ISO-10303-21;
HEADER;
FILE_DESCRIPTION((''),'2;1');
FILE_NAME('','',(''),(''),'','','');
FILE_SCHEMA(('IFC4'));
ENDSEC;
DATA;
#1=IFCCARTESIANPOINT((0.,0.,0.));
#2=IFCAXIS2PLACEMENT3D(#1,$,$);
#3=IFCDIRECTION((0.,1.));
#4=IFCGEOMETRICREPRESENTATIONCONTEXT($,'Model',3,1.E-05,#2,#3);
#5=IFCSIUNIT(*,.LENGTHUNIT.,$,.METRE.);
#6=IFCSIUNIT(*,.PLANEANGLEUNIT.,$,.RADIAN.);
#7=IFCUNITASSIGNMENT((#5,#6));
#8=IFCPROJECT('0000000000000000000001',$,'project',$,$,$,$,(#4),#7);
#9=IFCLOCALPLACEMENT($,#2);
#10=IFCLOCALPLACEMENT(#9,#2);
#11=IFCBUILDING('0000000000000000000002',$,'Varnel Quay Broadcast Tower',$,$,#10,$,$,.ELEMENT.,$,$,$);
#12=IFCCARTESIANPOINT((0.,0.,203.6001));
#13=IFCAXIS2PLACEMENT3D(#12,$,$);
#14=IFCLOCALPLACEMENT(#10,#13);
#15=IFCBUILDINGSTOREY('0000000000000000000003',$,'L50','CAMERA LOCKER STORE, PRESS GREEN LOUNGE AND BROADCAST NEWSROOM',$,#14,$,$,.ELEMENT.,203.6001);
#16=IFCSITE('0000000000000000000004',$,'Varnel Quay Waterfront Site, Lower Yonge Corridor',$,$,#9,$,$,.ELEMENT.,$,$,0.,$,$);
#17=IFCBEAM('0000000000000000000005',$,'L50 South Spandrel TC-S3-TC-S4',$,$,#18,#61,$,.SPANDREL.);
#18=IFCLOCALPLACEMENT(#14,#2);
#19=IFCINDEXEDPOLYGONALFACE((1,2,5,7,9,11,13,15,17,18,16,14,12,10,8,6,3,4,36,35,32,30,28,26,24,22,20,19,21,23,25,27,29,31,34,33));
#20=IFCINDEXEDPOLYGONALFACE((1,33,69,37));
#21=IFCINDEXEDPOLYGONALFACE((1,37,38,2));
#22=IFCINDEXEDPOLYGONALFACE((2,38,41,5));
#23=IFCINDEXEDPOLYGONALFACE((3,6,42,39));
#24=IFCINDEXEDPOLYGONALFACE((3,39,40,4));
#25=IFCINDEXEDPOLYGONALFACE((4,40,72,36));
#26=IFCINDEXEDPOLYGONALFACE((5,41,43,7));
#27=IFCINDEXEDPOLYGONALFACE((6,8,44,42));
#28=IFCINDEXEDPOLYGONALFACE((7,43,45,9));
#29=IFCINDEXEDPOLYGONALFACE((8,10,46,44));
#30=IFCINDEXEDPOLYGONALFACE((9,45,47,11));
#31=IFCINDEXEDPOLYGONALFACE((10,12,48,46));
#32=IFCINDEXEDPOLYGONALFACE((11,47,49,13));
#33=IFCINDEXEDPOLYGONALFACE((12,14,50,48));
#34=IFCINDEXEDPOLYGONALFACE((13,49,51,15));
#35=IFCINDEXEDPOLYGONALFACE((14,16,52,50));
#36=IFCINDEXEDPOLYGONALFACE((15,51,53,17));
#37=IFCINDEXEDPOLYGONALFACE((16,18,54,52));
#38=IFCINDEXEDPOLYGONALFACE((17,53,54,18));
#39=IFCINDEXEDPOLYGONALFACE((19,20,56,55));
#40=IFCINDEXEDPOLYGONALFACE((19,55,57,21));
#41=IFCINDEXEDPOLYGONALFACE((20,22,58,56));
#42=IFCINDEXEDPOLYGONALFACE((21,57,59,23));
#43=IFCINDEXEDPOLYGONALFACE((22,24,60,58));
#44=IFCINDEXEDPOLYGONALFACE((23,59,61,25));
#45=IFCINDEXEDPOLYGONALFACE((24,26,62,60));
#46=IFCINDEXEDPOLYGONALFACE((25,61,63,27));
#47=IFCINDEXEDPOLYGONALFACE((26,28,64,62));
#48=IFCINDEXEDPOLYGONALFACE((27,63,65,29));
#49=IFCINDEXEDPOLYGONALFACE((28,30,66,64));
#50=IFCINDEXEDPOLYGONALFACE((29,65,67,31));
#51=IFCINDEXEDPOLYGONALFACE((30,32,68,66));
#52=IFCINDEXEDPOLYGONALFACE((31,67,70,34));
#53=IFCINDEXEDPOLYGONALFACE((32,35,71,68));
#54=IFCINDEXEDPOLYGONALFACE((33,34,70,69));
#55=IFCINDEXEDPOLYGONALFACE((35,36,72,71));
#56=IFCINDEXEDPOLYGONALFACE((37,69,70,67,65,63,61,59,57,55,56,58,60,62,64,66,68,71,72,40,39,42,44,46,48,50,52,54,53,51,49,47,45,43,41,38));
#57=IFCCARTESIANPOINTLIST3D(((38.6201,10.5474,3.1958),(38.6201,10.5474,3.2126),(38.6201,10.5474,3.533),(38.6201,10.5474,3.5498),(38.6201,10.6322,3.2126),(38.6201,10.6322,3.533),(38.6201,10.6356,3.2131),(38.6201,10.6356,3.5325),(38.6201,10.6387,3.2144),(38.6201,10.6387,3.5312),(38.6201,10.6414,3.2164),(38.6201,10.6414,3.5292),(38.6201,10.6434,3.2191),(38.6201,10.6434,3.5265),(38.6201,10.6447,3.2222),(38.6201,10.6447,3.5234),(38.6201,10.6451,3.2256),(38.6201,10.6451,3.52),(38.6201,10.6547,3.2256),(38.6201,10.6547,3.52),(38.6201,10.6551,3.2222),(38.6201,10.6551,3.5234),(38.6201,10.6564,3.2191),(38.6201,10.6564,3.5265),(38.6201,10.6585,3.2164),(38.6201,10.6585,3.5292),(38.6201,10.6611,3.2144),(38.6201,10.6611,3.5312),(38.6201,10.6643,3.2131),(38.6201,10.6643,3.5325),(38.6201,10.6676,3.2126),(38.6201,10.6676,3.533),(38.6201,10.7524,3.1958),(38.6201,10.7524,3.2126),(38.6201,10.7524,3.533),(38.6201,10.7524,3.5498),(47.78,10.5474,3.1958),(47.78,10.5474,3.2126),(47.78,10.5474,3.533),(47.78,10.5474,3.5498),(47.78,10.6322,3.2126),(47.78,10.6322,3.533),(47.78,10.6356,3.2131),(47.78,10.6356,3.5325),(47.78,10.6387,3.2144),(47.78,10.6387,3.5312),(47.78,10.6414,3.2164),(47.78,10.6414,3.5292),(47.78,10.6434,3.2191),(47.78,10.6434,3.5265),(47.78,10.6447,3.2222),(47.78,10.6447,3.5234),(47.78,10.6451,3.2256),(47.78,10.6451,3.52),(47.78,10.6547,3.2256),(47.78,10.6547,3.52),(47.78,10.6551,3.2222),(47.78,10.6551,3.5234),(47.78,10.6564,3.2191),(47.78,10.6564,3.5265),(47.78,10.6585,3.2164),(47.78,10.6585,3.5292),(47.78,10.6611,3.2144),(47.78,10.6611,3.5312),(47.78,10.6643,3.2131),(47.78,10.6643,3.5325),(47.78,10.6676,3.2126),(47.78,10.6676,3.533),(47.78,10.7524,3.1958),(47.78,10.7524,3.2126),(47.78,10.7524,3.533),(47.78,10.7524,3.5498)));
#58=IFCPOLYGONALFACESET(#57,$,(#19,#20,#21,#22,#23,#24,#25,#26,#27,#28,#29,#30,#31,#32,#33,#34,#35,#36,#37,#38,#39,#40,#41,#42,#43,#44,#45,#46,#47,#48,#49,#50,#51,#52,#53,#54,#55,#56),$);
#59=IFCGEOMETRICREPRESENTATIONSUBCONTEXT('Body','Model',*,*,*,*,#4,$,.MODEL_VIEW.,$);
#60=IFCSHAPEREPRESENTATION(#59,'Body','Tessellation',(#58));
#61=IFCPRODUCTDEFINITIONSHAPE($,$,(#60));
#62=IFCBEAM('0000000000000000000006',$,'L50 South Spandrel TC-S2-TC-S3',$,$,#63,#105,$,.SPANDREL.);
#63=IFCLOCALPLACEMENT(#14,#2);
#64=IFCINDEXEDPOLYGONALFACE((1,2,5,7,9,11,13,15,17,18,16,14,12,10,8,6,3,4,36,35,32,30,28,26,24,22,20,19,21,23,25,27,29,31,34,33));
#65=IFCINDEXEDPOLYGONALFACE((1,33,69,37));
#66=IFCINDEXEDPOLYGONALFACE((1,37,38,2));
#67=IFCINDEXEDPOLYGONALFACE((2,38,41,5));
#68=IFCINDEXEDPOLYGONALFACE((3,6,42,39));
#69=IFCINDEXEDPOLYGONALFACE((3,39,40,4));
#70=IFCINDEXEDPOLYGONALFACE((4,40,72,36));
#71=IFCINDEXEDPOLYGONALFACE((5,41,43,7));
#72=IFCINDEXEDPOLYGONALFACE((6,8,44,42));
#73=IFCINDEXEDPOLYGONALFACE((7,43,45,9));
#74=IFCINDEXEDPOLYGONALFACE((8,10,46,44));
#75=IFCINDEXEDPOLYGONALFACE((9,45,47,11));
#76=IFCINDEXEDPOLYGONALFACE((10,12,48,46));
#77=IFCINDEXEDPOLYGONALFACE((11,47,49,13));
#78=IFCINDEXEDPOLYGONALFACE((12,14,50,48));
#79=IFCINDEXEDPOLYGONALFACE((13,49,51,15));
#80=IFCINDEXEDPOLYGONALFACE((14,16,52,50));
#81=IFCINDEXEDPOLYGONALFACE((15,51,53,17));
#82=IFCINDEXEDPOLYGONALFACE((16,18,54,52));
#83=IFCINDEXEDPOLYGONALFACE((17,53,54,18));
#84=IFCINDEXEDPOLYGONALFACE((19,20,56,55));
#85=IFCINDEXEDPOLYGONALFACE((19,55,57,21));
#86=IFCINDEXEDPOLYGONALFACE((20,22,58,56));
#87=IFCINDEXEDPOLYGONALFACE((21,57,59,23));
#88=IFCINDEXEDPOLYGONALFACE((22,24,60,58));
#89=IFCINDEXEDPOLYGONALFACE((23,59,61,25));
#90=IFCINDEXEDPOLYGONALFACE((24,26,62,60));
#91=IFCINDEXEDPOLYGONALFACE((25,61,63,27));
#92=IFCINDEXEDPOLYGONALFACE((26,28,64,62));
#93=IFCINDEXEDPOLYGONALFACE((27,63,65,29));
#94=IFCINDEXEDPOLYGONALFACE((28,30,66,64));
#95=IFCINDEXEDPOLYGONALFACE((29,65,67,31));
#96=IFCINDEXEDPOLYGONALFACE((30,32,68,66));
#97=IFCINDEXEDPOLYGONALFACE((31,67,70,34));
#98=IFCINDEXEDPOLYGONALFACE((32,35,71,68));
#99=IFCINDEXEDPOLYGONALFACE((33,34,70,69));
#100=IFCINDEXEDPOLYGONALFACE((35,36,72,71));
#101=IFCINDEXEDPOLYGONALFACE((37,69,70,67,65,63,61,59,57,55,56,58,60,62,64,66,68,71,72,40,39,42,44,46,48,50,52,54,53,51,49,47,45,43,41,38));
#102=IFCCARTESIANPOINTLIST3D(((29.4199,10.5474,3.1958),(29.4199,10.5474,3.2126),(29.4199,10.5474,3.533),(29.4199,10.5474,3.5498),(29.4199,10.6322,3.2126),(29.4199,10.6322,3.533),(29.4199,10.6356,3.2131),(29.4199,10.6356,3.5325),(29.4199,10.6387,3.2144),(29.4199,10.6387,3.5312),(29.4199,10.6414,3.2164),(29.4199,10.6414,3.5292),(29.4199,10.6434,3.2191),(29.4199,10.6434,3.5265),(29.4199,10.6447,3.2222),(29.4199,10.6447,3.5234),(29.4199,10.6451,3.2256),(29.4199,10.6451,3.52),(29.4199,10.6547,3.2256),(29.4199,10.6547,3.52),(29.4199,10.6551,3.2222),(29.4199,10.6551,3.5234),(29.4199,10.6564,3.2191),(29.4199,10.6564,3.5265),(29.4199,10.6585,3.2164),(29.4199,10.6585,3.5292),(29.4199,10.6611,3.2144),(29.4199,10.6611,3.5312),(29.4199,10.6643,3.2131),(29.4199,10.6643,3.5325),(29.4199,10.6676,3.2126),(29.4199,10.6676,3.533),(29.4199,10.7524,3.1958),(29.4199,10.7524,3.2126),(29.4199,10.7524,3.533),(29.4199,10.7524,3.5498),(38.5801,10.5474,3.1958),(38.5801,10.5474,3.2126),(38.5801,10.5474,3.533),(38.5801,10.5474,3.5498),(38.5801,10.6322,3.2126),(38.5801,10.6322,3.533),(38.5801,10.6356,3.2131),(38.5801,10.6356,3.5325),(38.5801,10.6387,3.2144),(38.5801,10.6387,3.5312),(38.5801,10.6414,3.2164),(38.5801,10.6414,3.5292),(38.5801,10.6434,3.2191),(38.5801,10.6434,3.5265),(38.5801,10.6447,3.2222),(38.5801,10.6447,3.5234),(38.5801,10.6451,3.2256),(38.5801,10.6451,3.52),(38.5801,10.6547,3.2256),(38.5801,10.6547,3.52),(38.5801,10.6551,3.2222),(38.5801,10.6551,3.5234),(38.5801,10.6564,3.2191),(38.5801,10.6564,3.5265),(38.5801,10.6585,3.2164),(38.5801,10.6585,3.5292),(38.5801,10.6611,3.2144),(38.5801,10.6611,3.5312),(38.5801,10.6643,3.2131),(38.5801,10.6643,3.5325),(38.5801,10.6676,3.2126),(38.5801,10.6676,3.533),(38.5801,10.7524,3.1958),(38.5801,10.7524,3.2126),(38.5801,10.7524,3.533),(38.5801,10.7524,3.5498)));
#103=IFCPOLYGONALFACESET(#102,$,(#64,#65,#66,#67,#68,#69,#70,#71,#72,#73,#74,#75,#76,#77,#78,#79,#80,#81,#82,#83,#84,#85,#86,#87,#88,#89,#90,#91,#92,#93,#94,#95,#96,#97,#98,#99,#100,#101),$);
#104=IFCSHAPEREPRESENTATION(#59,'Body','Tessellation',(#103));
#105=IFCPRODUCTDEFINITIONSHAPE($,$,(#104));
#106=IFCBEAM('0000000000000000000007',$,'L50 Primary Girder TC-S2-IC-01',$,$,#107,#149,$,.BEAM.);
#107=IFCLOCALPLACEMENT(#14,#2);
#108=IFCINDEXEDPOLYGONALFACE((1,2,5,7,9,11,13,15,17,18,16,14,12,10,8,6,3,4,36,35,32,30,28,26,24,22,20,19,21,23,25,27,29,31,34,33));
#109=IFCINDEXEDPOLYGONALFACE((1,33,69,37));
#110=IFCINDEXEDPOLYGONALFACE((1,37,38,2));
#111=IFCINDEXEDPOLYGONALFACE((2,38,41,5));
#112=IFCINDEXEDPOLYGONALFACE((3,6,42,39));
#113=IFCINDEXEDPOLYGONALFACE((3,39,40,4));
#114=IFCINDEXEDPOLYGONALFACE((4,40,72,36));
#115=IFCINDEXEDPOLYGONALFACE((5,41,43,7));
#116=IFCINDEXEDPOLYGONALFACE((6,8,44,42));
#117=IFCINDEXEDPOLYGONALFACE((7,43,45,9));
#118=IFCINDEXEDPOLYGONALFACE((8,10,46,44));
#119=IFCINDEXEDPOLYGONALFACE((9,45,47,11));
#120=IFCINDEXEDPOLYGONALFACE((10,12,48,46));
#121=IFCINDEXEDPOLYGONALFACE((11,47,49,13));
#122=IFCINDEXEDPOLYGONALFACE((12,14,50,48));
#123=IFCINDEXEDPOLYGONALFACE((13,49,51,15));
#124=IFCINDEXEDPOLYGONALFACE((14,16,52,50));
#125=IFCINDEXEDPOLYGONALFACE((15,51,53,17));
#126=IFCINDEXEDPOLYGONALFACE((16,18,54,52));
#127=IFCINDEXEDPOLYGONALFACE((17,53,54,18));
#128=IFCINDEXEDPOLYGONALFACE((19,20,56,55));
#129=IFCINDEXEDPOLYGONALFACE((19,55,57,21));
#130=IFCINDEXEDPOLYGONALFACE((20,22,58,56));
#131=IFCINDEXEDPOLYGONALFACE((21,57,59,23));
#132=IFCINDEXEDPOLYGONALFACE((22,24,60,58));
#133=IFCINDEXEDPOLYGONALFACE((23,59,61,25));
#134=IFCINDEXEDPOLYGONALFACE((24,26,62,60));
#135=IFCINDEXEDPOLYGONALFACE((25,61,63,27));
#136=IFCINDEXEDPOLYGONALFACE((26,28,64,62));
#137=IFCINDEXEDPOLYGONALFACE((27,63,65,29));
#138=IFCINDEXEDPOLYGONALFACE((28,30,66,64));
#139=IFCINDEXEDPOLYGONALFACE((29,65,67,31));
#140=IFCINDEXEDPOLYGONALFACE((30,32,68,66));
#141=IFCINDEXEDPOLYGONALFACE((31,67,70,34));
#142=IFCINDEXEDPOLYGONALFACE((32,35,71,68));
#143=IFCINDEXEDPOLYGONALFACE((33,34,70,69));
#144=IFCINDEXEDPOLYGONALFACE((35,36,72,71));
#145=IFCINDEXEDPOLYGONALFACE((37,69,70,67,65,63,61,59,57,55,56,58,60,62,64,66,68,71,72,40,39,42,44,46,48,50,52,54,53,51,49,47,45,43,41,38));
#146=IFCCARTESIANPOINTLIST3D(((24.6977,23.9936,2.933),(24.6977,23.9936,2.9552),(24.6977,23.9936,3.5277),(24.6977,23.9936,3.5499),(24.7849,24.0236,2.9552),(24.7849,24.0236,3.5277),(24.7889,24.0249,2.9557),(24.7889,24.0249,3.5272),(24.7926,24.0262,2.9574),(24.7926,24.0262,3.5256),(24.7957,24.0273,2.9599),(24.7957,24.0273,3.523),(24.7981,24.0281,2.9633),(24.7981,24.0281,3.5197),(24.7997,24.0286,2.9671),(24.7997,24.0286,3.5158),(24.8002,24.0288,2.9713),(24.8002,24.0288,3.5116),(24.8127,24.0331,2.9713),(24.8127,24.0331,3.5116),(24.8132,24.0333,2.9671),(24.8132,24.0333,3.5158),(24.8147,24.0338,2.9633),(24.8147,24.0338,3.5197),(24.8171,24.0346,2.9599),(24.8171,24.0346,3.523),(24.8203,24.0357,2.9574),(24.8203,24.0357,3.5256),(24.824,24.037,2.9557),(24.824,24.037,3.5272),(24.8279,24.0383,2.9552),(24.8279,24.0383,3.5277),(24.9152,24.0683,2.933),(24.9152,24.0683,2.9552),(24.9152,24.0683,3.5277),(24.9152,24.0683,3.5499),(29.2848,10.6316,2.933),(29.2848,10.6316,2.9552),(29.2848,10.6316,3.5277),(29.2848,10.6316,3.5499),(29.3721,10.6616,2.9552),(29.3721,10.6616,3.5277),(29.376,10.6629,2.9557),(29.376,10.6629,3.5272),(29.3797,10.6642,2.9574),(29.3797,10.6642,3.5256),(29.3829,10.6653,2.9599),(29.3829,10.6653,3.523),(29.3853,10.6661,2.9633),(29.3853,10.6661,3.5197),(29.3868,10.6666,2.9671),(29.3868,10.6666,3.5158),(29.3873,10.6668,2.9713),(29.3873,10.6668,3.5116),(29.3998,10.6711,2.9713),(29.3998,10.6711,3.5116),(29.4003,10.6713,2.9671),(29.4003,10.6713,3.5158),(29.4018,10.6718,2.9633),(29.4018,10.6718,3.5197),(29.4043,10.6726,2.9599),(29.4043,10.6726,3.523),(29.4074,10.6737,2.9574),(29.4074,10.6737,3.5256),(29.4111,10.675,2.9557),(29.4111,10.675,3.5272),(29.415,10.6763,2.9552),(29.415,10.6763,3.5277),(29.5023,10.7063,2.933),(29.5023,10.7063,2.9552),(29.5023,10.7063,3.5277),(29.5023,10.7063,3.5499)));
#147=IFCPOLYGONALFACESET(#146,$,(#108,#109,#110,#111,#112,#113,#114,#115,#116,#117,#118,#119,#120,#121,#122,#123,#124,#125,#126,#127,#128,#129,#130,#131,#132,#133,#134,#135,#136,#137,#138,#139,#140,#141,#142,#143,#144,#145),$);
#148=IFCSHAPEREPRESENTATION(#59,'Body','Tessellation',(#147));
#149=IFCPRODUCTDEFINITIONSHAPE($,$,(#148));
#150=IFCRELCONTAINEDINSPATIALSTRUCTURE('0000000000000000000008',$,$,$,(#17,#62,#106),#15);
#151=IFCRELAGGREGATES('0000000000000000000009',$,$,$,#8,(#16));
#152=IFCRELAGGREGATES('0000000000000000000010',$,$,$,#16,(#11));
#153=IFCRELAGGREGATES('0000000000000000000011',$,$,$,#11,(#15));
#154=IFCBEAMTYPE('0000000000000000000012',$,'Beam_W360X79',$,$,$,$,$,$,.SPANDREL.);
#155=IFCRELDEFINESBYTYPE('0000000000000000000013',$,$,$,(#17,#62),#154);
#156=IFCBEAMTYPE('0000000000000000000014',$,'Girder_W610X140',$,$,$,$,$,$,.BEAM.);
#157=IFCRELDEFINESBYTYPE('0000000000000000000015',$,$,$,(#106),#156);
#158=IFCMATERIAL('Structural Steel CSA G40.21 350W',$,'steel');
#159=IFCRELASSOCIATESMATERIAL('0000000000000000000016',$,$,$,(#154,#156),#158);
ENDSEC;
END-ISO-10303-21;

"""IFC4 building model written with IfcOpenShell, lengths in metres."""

from ifc_helpers import new_model, si_unit, direction, frame, origin, origin_2d, place, context, subcontext, project, spatial, i_section, extrude, source, transform, mapped, material, material_profile, profile_set, type_object, type_shapes, element, save


model = new_model("IFC4")

# Units and contexts
model_context = context("Model", 3, precision=1e-05, world=origin(), true_north=direction((0.0, 1.0)))
body_context = subcontext(model_context, "Body", "Model", "MODEL_VIEW")
ifc_project = project(units=[si_unit("LENGTHUNIT", "METRE"), si_unit("PLANEANGLEUNIT", "RADIAN")], contexts=[model_context])

# Site, building, storey
site_placement = place(None, origin())
site = spatial("IfcSite", under=ifc_project, at=site_placement, Name="Varnel Quay Waterfront Site, Lower Yonge Corridor", CompositionType="ELEMENT", RefElevation=0.0)
building_placement = place(site_placement, origin())
building = spatial("IfcBuilding", under=site, at=building_placement, Name="Varnel Quay Broadcast Tower", CompositionType="ELEMENT")
storey_placement = place(building_placement, frame((0.0, 0.0, 203.6001)))
storey = spatial("IfcBuildingStorey", under=building, at=storey_placement, Name="L50", Description="CAMERA LOCKER STORE, PRESS GREEN LOUNGE AND BROADCAST NEWSROOM", CompositionType="ELEMENT", Elevation=203.6001)

# Shared definitions
ifc_material_1 = material(Name="Structural Steel CSA G40.21 350W", Category="steel")

# Beams
ifc_material_profile_1 = material_profile(ifc_material_1, i_section(OverallWidth=0.2051, OverallDepth=0.354, WebThickness=0.0095, FlangeThickness=0.0168, FilletRadius=0.0129, at=origin_2d()), Name="W360X79")
ifc_profile_set_1 = profile_set([ifc_material_profile_1], Name="Structural Steel CSA G40.21 350W")
beam_type_1 = type_object("IfcBeamType", Name="Beam_W360X79", PredefinedType="SPANDREL", material=ifc_profile_set_1)
shared_shape_1 = source(origin(), body_context, "Body", "SweptSolid", [
    extrude(i_section(OverallWidth=0.2051, OverallDepth=0.354, WebThickness=0.0095, FlangeThickness=0.0168, FilletRadius=0.0129, at=origin_2d()), origin(), (0.0, 0.0, 1.0), 9.1599),
])
beam_1_placement = place(storey_placement, frame((38.6201, 10.6499, 3.3728), z_axis=(1.0, 0.0, 0.0), x_axis=(0.0, 1.0, 0.0)))
element("IfcBeam", 1, at=beam_1_placement, inside=storey, type_object=beam_type_1, Name="L50 South Spandrel TC-S3-TC-S4", PredefinedType="SPANDREL", context=body_context, shape_type="MappedRepresentation", body=[
    mapped(shared_shape_1, transform((0.0, 0.0, 0.0), x_axis=(1.0, 0.0, 0.0), y_axis=(0.0, 1.0, 0.0), z_axis=(0.0, 0.0, 1.0), scale=1.0)),
])
shared_shape_2 = source(origin(), body_context, "Body", "SweptSolid", [
    extrude(i_section(OverallWidth=0.2051, OverallDepth=0.354, WebThickness=0.0095, FlangeThickness=0.0168, FilletRadius=0.0129, at=origin_2d()), origin(), (0.0, 0.0, 1.0), 9.1602),
])
type_shapes(beam_type_1, [shared_shape_1, shared_shape_2])
beam_2_placement = place(storey_placement, frame((29.4199, 10.6499, 3.3728), z_axis=(1.0, 0.0, 0.0), x_axis=(0.0, 1.0, 0.0)))
element("IfcBeam", 2, at=beam_2_placement, inside=storey, type_object=beam_type_1, Name="L50 South Spandrel TC-S2-TC-S3", PredefinedType="SPANDREL", context=body_context, shape_type="MappedRepresentation", body=[
    mapped(shared_shape_2, transform((0.0, 0.0, 0.0), x_axis=(1.0, 0.0, 0.0), y_axis=(0.0, 1.0, 0.0), z_axis=(0.0, 0.0, 1.0), scale=1.0)),
])
ifc_material_profile_2 = material_profile(ifc_material_1, i_section(OverallWidth=0.23, OverallDepth=0.6169, WebThickness=0.0132, FlangeThickness=0.0222, FilletRadius=0.0161, at=origin_2d()), Name="W610X140")
ifc_profile_set_2 = profile_set([ifc_material_profile_2], Name="Structural Steel CSA G40.21 350W")
beam_type_2 = type_object("IfcBeamType", Name="Girder_W610X140", PredefinedType="BEAM", material=ifc_profile_set_2)
shared_shape_3 = source(origin(), body_context, "Body", "SweptSolid", [
    extrude(i_section(OverallWidth=0.23, OverallDepth=0.6169, WebThickness=0.0132, FlangeThickness=0.0222, FilletRadius=0.0161, at=origin_2d()), origin(), (0.0, 0.0, 1.0), 14.1274),
])
beam_3_placement = place(storey_placement, frame((29.3936, 10.6689, 3.2415), z_axis=(-0.324697, 0.945818, 0.0), x_axis=(-0.945818, -0.324697, 0.0)))
element("IfcBeam", 3, at=beam_3_placement, inside=storey, type_object=beam_type_2, Name="L50 Primary Girder TC-S2-IC-01", PredefinedType="BEAM", context=body_context, shape_type="MappedRepresentation", body=[
    mapped(shared_shape_3, transform((0.0, 0.0, 0.0), x_axis=(1.0, 0.0, 0.0), y_axis=(0.0, 1.0, 0.0), z_axis=(0.0, 0.0, 1.0), scale=1.0)),
])

save(model, "model.ifc")
